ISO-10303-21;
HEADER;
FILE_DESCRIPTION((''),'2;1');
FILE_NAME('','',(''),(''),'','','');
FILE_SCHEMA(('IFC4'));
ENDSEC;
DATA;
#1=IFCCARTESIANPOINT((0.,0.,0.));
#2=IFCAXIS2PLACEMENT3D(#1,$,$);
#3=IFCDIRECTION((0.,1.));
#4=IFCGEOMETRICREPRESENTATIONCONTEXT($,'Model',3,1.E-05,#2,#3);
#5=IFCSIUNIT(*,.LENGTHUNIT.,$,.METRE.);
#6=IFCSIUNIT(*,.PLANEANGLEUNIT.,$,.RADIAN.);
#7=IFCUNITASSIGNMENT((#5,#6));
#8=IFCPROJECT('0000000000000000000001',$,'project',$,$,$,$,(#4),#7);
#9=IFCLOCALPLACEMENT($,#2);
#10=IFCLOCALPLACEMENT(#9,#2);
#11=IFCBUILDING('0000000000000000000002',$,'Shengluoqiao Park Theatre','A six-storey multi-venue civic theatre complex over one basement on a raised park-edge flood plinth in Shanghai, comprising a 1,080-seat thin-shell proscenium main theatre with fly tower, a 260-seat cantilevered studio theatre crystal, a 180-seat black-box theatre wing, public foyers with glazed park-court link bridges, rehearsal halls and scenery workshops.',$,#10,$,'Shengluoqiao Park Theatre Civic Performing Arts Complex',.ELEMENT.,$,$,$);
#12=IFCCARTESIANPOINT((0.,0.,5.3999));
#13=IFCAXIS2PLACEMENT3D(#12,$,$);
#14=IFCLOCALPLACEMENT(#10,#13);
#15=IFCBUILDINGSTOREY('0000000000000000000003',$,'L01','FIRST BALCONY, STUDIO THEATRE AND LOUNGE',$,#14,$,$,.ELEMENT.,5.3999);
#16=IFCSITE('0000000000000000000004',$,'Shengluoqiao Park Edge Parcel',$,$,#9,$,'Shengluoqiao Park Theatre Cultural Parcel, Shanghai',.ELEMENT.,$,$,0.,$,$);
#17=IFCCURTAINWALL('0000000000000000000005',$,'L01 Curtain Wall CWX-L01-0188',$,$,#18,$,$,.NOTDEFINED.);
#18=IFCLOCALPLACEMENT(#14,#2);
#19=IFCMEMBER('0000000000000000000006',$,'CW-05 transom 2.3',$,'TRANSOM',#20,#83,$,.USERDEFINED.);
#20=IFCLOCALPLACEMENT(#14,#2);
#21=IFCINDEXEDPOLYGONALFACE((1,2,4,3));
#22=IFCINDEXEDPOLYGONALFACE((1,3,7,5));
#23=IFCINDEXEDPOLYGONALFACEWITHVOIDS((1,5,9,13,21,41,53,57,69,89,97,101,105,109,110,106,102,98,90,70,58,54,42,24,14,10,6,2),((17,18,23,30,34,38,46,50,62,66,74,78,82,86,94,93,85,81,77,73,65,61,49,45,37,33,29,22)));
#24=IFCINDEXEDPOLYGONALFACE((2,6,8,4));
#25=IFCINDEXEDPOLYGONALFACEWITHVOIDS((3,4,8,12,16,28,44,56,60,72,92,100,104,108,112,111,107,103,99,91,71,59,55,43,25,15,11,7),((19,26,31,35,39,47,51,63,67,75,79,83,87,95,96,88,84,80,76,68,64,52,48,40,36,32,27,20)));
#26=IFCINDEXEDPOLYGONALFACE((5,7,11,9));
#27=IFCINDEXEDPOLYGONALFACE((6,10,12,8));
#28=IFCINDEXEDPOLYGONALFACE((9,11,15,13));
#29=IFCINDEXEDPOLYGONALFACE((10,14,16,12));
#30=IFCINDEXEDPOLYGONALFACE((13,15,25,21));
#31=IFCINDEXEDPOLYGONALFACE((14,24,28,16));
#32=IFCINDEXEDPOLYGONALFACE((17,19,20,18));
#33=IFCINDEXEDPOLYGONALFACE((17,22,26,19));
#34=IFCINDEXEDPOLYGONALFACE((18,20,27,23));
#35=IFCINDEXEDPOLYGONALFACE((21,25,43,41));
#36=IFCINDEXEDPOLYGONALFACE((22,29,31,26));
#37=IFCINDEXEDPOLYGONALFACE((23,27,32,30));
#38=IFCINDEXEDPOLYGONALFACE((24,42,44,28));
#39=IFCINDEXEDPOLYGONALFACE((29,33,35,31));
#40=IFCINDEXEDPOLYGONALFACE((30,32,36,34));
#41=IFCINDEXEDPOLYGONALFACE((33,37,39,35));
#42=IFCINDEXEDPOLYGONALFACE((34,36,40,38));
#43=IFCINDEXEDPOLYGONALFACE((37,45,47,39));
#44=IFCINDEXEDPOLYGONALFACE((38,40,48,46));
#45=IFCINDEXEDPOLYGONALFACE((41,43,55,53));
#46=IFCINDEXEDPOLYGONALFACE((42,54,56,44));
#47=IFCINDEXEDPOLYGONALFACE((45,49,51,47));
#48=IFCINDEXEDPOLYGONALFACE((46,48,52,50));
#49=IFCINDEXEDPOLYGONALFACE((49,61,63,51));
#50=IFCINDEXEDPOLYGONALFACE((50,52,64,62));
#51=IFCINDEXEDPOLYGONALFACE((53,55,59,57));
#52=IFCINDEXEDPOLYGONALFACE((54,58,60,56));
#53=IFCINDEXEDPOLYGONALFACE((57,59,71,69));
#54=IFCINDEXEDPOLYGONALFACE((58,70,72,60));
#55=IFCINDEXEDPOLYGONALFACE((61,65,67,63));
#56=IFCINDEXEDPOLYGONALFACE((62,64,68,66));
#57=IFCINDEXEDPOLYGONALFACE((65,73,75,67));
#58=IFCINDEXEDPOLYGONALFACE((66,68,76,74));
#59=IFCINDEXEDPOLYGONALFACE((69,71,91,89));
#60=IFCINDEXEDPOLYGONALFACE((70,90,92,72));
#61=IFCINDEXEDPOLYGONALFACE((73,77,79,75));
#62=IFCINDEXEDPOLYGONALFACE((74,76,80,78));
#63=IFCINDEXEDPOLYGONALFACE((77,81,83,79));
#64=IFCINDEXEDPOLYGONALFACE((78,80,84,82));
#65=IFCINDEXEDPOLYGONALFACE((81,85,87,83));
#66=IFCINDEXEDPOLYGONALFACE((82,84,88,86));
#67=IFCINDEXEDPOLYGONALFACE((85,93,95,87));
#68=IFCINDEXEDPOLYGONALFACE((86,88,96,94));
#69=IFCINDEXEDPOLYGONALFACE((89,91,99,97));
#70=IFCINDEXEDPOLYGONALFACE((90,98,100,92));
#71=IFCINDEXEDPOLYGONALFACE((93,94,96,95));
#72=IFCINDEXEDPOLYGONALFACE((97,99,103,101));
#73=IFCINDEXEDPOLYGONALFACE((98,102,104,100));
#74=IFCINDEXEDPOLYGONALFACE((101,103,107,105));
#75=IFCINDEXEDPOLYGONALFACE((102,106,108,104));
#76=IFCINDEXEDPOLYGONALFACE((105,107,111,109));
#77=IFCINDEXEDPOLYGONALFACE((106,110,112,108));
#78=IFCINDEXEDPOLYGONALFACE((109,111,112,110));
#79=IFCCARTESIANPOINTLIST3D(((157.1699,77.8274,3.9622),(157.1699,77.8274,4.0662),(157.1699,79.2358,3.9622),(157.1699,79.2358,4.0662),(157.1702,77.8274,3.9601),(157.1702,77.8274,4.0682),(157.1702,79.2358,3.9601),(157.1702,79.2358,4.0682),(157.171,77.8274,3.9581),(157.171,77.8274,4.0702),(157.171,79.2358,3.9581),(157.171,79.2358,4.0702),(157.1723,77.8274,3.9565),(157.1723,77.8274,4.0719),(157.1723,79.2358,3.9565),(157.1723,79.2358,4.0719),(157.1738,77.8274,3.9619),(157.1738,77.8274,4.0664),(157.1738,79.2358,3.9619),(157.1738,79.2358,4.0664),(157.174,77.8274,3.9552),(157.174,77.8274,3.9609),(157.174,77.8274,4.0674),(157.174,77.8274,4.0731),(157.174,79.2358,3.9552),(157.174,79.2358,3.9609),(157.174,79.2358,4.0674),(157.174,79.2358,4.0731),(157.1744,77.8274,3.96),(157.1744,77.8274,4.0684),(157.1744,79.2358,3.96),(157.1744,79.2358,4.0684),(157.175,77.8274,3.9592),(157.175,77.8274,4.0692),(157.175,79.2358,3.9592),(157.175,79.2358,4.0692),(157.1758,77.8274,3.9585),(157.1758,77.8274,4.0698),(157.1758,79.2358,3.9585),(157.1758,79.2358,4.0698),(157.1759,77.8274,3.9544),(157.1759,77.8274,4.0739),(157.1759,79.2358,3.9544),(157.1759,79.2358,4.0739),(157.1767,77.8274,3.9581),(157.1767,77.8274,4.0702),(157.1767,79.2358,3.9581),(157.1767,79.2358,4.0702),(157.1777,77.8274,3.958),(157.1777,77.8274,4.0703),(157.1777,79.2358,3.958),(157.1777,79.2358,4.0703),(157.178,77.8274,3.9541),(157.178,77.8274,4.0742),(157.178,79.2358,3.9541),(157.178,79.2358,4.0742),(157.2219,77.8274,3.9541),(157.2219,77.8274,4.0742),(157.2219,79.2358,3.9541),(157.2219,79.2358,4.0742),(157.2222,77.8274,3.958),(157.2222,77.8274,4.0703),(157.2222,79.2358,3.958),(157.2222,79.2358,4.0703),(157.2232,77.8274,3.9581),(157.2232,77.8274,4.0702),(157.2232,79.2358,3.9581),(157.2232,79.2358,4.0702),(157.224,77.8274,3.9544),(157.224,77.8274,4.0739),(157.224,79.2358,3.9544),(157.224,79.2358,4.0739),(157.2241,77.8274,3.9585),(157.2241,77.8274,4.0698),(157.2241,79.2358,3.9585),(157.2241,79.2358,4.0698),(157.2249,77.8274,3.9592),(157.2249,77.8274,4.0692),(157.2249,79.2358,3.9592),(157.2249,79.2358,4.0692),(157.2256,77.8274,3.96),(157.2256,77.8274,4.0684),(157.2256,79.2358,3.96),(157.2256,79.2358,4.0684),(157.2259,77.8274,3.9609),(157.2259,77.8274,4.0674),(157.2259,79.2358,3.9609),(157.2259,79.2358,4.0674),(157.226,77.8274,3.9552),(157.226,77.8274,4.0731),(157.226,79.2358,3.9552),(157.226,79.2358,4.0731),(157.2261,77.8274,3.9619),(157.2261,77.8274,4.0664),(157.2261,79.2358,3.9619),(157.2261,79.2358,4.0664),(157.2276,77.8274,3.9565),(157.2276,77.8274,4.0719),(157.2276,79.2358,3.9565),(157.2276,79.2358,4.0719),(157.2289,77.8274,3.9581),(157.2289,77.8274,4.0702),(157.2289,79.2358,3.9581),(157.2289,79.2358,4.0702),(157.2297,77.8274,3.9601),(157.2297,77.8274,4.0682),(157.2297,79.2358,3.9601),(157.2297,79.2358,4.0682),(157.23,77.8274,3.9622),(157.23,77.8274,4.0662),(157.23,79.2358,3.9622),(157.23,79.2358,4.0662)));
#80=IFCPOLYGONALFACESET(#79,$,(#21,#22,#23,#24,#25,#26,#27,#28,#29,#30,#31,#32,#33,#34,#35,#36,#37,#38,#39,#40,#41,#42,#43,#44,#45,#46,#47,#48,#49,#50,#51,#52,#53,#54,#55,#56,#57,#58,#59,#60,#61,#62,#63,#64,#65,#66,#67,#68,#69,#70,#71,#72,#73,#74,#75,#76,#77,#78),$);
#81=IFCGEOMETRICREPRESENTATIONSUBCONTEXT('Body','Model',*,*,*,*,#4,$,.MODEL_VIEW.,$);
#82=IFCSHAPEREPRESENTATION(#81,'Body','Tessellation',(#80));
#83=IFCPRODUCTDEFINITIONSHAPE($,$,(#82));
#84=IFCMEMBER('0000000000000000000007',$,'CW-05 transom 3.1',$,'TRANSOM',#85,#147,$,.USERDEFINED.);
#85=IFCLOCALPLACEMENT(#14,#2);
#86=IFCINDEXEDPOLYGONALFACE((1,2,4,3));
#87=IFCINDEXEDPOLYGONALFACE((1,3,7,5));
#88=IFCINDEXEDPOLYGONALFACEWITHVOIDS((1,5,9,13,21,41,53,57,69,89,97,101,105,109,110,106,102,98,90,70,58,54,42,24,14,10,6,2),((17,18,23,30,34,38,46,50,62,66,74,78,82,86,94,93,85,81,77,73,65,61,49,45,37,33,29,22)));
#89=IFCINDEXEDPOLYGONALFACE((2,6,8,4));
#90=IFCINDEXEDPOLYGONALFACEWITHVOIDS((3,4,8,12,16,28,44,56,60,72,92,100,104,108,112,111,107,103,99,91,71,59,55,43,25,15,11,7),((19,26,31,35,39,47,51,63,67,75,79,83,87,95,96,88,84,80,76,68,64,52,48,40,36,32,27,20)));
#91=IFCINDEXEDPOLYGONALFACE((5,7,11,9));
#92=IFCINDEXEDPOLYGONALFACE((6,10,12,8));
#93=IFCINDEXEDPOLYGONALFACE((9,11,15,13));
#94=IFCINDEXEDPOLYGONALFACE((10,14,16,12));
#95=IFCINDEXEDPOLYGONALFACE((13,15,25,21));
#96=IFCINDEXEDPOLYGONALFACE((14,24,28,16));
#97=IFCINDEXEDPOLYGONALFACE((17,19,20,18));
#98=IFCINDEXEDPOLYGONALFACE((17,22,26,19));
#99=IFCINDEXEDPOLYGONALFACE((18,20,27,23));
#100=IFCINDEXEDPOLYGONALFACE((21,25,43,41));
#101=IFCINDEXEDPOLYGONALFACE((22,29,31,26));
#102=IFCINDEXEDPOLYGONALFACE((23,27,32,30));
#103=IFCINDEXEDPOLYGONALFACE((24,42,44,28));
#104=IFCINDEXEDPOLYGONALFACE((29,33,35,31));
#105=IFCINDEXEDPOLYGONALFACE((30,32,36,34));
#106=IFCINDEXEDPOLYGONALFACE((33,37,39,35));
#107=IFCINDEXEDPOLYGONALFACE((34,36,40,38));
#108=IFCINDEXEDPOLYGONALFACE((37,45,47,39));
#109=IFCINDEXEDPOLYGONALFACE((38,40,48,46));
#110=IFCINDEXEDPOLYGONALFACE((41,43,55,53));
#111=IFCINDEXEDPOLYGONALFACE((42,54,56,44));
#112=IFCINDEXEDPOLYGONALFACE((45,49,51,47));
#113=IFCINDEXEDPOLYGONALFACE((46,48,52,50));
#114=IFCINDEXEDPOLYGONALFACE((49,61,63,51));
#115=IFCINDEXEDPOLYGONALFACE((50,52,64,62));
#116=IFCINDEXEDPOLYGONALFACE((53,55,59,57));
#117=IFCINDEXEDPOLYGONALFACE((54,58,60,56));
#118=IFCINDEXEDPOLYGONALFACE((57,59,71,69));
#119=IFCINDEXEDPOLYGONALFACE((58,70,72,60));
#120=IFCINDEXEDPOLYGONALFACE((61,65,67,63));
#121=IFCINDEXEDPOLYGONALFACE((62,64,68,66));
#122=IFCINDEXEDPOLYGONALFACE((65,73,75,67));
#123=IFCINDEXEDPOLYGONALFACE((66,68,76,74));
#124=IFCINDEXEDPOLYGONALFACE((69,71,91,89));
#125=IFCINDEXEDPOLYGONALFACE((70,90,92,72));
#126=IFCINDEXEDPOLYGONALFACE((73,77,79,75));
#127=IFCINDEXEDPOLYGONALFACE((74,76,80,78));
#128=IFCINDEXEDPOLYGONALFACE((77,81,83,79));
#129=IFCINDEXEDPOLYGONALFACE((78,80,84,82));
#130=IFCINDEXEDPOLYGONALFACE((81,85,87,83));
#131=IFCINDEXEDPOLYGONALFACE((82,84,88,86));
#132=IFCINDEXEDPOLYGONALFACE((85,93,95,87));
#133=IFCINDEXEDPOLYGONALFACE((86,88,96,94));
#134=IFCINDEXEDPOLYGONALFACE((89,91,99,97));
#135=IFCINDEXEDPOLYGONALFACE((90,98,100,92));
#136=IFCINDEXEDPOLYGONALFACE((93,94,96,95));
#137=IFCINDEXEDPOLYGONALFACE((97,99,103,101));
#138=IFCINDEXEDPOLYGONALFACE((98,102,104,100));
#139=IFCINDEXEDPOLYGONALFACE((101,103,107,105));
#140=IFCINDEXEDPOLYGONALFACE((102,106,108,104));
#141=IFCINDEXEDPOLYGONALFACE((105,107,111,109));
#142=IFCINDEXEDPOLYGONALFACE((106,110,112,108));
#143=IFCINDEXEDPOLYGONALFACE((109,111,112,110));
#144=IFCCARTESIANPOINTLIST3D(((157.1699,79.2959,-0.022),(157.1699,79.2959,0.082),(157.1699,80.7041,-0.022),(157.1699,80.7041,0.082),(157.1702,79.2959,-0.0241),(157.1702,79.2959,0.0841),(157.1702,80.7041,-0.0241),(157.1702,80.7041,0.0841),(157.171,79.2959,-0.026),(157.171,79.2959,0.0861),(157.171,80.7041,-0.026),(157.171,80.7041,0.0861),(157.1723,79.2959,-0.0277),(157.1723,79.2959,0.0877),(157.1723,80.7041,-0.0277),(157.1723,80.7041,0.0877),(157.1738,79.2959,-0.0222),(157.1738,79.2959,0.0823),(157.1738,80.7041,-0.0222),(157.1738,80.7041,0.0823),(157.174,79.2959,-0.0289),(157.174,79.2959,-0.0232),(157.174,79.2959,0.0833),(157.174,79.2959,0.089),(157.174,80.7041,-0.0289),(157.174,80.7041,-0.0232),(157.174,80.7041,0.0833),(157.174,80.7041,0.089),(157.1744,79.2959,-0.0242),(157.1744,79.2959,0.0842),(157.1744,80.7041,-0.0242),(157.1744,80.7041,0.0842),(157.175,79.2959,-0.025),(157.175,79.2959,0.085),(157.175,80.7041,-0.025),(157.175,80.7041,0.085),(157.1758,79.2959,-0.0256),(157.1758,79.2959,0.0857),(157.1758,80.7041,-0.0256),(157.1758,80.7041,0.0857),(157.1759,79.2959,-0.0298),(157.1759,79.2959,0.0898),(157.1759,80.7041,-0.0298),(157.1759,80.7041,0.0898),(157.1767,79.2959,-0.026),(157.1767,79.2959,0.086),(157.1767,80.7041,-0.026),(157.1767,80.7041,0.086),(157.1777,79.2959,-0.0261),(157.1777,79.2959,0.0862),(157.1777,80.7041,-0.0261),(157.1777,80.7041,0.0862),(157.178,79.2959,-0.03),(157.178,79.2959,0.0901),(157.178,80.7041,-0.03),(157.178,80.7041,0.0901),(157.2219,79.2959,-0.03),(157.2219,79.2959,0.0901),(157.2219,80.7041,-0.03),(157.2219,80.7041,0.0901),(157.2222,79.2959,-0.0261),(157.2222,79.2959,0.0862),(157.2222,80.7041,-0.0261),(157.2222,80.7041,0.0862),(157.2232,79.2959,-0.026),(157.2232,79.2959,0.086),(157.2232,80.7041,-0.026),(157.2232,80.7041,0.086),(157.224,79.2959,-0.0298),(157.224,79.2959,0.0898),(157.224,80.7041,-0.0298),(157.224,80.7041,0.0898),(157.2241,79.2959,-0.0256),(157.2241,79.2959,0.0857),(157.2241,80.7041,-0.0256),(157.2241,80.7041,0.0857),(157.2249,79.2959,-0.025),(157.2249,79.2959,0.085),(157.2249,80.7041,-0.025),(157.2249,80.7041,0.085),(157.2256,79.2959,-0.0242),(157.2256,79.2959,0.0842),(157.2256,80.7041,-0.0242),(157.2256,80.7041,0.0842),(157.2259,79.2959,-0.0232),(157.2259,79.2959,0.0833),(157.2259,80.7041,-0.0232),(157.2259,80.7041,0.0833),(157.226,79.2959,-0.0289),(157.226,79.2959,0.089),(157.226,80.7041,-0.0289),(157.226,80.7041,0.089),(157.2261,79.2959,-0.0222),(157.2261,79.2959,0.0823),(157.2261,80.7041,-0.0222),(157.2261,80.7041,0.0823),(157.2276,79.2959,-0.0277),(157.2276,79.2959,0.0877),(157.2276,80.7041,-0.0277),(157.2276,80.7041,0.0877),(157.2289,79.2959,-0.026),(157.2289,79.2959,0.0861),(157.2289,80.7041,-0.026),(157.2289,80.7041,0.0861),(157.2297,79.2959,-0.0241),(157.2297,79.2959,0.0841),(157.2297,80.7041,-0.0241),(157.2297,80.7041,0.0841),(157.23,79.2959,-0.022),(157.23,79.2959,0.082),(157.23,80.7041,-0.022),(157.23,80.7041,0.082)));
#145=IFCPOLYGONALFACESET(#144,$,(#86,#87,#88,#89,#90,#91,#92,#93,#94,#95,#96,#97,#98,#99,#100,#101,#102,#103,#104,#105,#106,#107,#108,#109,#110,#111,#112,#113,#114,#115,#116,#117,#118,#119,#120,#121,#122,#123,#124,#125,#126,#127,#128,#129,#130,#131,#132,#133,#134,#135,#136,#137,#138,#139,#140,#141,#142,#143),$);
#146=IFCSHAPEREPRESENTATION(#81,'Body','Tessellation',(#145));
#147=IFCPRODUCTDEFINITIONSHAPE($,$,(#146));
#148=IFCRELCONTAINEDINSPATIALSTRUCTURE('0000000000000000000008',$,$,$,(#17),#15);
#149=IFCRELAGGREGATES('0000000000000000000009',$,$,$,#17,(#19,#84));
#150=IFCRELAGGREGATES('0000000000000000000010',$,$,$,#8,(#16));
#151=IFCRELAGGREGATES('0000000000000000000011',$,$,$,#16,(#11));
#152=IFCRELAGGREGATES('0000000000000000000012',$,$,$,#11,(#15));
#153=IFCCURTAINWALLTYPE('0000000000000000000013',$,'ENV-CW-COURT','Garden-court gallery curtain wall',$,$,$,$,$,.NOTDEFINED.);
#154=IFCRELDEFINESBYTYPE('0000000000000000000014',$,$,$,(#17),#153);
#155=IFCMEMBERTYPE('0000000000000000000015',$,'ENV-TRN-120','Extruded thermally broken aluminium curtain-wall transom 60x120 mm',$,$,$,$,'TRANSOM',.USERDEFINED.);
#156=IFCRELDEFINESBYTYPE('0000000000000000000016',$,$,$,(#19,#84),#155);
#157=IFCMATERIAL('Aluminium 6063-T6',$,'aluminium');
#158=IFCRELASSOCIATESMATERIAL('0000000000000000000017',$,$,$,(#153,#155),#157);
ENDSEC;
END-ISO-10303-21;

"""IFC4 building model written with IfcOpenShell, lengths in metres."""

from ifc_helpers import new_model, si_unit, direction, frame, origin, origin_2d, place, context, subcontext, project, spatial, hollow_rectangle, extrude, material, material_profile, profile_set, type_object, element, aggregate, save


model = new_model("IFC4")

# Units and contexts
model_context = context("Model", 3, precision=1e-05, world=origin(), true_north=direction((0.0, 1.0)))
body_context = subcontext(model_context, "Body", "Model", "MODEL_VIEW")
ifc_project = project(units=[si_unit("LENGTHUNIT", "METRE"), si_unit("PLANEANGLEUNIT", "RADIAN")], contexts=[model_context])

# Site, building, storey
site_placement = place(None, origin())
site = spatial("IfcSite", under=ifc_project, at=site_placement, Name="Shengluoqiao Park Edge Parcel", LongName="Shengluoqiao Park Theatre Cultural Parcel, Shanghai", CompositionType="ELEMENT", RefElevation=0.0)
building_placement = place(site_placement, origin())
building = spatial("IfcBuilding", under=site, at=building_placement, Name="Shengluoqiao Park Theatre", Description="A six-storey multi-venue civic theatre complex over one basement on a raised park-edge flood plinth in Shanghai, comprising a 1,080-seat thin-shell proscenium main theatre with fly tower, a 260-seat cantilevered studio theatre crystal, a 180-seat black-box theatre wing, public foyers with glazed park-court link bridges, rehearsal halls and scenery workshops.", LongName="Shengluoqiao Park Theatre Civic Performing Arts Complex", CompositionType="ELEMENT")
storey_placement = place(building_placement, frame((0.0, 0.0, 5.3999)))
storey = spatial("IfcBuildingStorey", under=building, at=storey_placement, Name="L01", Description="FIRST BALCONY, STUDIO THEATRE AND LOUNGE", CompositionType="ELEMENT", Elevation=5.3999)

# Curtain wall
ifc_material_1 = material(Name="Aluminium 6063-T6", Category="aluminium")
curtain_wall_type_1 = type_object("IfcCurtainWallType", Name="ENV-CW-COURT", Description="Garden-court gallery curtain wall", PredefinedType="NOTDEFINED", material=ifc_material_1)
curtain_wall_1_placement = place(storey_placement, origin())
curtain_wall_1 = element("IfcCurtainWall", 1, at=curtain_wall_1_placement, inside=storey, type_object=curtain_wall_type_1, Name="L01 Curtain Wall CWX-L01-0188", PredefinedType="NOTDEFINED")

# Members
ifc_material_profile_1 = material_profile(ifc_material_1, hollow_rectangle(XDim=0.0601, YDim=0.1201, WallThickness=0.0039, InnerFilletRadius=0.0039, OuterFilletRadius=0.0081, at=origin_2d()), Name="ALU TRANSOM 120x60x4")
ifc_profile_set_1 = profile_set([ifc_material_profile_1], Name="Aluminium 6063-T6")
member_type_1 = type_object("IfcMemberType", Name="ENV-TRN-120", Description="Extruded thermally broken aluminium curtain-wall transom 60x120 mm", ElementType="TRANSOM", PredefinedType="USERDEFINED", material=ifc_profile_set_1)
member_1_placement = place(storey_placement, frame((157.2, 77.8274, 4.0142), z_axis=(0.0, 1.0, 0.0), x_axis=(-1.0, 0.0, 0.0)))
member_1 = element("IfcMember", 2, at=member_1_placement, type_object=member_type_1, Name="CW-05 transom 2.3", ObjectType="TRANSOM", PredefinedType="USERDEFINED", context=body_context, shape_type="SweptSolid", body=[
    extrude(hollow_rectangle(XDim=0.0601, YDim=0.1201, WallThickness=0.0039, InnerFilletRadius=0.0039, OuterFilletRadius=0.0081, at=origin_2d()), origin(), (0.0, 0.0, 1.0), 1.4084),
])
member_2_placement = place(storey_placement, frame((157.2, 79.2959, 0.03), z_axis=(0.0, 1.0, 0.0), x_axis=(-1.0, 0.0, 0.0)))
member_2 = element("IfcMember", 3, at=member_2_placement, type_object=member_type_1, Name="CW-05 transom 3.1", ObjectType="TRANSOM", PredefinedType="USERDEFINED", context=body_context, shape_type="SweptSolid", body=[
    extrude(hollow_rectangle(XDim=0.0601, YDim=0.1201, WallThickness=0.0039, InnerFilletRadius=0.0039, OuterFilletRadius=0.0081, at=origin_2d()), origin(), (0.0, 0.0, 1.0), 1.4082),
])

aggregate(curtain_wall_1, [member_1, member_2])

save(model, "model.ifc")
